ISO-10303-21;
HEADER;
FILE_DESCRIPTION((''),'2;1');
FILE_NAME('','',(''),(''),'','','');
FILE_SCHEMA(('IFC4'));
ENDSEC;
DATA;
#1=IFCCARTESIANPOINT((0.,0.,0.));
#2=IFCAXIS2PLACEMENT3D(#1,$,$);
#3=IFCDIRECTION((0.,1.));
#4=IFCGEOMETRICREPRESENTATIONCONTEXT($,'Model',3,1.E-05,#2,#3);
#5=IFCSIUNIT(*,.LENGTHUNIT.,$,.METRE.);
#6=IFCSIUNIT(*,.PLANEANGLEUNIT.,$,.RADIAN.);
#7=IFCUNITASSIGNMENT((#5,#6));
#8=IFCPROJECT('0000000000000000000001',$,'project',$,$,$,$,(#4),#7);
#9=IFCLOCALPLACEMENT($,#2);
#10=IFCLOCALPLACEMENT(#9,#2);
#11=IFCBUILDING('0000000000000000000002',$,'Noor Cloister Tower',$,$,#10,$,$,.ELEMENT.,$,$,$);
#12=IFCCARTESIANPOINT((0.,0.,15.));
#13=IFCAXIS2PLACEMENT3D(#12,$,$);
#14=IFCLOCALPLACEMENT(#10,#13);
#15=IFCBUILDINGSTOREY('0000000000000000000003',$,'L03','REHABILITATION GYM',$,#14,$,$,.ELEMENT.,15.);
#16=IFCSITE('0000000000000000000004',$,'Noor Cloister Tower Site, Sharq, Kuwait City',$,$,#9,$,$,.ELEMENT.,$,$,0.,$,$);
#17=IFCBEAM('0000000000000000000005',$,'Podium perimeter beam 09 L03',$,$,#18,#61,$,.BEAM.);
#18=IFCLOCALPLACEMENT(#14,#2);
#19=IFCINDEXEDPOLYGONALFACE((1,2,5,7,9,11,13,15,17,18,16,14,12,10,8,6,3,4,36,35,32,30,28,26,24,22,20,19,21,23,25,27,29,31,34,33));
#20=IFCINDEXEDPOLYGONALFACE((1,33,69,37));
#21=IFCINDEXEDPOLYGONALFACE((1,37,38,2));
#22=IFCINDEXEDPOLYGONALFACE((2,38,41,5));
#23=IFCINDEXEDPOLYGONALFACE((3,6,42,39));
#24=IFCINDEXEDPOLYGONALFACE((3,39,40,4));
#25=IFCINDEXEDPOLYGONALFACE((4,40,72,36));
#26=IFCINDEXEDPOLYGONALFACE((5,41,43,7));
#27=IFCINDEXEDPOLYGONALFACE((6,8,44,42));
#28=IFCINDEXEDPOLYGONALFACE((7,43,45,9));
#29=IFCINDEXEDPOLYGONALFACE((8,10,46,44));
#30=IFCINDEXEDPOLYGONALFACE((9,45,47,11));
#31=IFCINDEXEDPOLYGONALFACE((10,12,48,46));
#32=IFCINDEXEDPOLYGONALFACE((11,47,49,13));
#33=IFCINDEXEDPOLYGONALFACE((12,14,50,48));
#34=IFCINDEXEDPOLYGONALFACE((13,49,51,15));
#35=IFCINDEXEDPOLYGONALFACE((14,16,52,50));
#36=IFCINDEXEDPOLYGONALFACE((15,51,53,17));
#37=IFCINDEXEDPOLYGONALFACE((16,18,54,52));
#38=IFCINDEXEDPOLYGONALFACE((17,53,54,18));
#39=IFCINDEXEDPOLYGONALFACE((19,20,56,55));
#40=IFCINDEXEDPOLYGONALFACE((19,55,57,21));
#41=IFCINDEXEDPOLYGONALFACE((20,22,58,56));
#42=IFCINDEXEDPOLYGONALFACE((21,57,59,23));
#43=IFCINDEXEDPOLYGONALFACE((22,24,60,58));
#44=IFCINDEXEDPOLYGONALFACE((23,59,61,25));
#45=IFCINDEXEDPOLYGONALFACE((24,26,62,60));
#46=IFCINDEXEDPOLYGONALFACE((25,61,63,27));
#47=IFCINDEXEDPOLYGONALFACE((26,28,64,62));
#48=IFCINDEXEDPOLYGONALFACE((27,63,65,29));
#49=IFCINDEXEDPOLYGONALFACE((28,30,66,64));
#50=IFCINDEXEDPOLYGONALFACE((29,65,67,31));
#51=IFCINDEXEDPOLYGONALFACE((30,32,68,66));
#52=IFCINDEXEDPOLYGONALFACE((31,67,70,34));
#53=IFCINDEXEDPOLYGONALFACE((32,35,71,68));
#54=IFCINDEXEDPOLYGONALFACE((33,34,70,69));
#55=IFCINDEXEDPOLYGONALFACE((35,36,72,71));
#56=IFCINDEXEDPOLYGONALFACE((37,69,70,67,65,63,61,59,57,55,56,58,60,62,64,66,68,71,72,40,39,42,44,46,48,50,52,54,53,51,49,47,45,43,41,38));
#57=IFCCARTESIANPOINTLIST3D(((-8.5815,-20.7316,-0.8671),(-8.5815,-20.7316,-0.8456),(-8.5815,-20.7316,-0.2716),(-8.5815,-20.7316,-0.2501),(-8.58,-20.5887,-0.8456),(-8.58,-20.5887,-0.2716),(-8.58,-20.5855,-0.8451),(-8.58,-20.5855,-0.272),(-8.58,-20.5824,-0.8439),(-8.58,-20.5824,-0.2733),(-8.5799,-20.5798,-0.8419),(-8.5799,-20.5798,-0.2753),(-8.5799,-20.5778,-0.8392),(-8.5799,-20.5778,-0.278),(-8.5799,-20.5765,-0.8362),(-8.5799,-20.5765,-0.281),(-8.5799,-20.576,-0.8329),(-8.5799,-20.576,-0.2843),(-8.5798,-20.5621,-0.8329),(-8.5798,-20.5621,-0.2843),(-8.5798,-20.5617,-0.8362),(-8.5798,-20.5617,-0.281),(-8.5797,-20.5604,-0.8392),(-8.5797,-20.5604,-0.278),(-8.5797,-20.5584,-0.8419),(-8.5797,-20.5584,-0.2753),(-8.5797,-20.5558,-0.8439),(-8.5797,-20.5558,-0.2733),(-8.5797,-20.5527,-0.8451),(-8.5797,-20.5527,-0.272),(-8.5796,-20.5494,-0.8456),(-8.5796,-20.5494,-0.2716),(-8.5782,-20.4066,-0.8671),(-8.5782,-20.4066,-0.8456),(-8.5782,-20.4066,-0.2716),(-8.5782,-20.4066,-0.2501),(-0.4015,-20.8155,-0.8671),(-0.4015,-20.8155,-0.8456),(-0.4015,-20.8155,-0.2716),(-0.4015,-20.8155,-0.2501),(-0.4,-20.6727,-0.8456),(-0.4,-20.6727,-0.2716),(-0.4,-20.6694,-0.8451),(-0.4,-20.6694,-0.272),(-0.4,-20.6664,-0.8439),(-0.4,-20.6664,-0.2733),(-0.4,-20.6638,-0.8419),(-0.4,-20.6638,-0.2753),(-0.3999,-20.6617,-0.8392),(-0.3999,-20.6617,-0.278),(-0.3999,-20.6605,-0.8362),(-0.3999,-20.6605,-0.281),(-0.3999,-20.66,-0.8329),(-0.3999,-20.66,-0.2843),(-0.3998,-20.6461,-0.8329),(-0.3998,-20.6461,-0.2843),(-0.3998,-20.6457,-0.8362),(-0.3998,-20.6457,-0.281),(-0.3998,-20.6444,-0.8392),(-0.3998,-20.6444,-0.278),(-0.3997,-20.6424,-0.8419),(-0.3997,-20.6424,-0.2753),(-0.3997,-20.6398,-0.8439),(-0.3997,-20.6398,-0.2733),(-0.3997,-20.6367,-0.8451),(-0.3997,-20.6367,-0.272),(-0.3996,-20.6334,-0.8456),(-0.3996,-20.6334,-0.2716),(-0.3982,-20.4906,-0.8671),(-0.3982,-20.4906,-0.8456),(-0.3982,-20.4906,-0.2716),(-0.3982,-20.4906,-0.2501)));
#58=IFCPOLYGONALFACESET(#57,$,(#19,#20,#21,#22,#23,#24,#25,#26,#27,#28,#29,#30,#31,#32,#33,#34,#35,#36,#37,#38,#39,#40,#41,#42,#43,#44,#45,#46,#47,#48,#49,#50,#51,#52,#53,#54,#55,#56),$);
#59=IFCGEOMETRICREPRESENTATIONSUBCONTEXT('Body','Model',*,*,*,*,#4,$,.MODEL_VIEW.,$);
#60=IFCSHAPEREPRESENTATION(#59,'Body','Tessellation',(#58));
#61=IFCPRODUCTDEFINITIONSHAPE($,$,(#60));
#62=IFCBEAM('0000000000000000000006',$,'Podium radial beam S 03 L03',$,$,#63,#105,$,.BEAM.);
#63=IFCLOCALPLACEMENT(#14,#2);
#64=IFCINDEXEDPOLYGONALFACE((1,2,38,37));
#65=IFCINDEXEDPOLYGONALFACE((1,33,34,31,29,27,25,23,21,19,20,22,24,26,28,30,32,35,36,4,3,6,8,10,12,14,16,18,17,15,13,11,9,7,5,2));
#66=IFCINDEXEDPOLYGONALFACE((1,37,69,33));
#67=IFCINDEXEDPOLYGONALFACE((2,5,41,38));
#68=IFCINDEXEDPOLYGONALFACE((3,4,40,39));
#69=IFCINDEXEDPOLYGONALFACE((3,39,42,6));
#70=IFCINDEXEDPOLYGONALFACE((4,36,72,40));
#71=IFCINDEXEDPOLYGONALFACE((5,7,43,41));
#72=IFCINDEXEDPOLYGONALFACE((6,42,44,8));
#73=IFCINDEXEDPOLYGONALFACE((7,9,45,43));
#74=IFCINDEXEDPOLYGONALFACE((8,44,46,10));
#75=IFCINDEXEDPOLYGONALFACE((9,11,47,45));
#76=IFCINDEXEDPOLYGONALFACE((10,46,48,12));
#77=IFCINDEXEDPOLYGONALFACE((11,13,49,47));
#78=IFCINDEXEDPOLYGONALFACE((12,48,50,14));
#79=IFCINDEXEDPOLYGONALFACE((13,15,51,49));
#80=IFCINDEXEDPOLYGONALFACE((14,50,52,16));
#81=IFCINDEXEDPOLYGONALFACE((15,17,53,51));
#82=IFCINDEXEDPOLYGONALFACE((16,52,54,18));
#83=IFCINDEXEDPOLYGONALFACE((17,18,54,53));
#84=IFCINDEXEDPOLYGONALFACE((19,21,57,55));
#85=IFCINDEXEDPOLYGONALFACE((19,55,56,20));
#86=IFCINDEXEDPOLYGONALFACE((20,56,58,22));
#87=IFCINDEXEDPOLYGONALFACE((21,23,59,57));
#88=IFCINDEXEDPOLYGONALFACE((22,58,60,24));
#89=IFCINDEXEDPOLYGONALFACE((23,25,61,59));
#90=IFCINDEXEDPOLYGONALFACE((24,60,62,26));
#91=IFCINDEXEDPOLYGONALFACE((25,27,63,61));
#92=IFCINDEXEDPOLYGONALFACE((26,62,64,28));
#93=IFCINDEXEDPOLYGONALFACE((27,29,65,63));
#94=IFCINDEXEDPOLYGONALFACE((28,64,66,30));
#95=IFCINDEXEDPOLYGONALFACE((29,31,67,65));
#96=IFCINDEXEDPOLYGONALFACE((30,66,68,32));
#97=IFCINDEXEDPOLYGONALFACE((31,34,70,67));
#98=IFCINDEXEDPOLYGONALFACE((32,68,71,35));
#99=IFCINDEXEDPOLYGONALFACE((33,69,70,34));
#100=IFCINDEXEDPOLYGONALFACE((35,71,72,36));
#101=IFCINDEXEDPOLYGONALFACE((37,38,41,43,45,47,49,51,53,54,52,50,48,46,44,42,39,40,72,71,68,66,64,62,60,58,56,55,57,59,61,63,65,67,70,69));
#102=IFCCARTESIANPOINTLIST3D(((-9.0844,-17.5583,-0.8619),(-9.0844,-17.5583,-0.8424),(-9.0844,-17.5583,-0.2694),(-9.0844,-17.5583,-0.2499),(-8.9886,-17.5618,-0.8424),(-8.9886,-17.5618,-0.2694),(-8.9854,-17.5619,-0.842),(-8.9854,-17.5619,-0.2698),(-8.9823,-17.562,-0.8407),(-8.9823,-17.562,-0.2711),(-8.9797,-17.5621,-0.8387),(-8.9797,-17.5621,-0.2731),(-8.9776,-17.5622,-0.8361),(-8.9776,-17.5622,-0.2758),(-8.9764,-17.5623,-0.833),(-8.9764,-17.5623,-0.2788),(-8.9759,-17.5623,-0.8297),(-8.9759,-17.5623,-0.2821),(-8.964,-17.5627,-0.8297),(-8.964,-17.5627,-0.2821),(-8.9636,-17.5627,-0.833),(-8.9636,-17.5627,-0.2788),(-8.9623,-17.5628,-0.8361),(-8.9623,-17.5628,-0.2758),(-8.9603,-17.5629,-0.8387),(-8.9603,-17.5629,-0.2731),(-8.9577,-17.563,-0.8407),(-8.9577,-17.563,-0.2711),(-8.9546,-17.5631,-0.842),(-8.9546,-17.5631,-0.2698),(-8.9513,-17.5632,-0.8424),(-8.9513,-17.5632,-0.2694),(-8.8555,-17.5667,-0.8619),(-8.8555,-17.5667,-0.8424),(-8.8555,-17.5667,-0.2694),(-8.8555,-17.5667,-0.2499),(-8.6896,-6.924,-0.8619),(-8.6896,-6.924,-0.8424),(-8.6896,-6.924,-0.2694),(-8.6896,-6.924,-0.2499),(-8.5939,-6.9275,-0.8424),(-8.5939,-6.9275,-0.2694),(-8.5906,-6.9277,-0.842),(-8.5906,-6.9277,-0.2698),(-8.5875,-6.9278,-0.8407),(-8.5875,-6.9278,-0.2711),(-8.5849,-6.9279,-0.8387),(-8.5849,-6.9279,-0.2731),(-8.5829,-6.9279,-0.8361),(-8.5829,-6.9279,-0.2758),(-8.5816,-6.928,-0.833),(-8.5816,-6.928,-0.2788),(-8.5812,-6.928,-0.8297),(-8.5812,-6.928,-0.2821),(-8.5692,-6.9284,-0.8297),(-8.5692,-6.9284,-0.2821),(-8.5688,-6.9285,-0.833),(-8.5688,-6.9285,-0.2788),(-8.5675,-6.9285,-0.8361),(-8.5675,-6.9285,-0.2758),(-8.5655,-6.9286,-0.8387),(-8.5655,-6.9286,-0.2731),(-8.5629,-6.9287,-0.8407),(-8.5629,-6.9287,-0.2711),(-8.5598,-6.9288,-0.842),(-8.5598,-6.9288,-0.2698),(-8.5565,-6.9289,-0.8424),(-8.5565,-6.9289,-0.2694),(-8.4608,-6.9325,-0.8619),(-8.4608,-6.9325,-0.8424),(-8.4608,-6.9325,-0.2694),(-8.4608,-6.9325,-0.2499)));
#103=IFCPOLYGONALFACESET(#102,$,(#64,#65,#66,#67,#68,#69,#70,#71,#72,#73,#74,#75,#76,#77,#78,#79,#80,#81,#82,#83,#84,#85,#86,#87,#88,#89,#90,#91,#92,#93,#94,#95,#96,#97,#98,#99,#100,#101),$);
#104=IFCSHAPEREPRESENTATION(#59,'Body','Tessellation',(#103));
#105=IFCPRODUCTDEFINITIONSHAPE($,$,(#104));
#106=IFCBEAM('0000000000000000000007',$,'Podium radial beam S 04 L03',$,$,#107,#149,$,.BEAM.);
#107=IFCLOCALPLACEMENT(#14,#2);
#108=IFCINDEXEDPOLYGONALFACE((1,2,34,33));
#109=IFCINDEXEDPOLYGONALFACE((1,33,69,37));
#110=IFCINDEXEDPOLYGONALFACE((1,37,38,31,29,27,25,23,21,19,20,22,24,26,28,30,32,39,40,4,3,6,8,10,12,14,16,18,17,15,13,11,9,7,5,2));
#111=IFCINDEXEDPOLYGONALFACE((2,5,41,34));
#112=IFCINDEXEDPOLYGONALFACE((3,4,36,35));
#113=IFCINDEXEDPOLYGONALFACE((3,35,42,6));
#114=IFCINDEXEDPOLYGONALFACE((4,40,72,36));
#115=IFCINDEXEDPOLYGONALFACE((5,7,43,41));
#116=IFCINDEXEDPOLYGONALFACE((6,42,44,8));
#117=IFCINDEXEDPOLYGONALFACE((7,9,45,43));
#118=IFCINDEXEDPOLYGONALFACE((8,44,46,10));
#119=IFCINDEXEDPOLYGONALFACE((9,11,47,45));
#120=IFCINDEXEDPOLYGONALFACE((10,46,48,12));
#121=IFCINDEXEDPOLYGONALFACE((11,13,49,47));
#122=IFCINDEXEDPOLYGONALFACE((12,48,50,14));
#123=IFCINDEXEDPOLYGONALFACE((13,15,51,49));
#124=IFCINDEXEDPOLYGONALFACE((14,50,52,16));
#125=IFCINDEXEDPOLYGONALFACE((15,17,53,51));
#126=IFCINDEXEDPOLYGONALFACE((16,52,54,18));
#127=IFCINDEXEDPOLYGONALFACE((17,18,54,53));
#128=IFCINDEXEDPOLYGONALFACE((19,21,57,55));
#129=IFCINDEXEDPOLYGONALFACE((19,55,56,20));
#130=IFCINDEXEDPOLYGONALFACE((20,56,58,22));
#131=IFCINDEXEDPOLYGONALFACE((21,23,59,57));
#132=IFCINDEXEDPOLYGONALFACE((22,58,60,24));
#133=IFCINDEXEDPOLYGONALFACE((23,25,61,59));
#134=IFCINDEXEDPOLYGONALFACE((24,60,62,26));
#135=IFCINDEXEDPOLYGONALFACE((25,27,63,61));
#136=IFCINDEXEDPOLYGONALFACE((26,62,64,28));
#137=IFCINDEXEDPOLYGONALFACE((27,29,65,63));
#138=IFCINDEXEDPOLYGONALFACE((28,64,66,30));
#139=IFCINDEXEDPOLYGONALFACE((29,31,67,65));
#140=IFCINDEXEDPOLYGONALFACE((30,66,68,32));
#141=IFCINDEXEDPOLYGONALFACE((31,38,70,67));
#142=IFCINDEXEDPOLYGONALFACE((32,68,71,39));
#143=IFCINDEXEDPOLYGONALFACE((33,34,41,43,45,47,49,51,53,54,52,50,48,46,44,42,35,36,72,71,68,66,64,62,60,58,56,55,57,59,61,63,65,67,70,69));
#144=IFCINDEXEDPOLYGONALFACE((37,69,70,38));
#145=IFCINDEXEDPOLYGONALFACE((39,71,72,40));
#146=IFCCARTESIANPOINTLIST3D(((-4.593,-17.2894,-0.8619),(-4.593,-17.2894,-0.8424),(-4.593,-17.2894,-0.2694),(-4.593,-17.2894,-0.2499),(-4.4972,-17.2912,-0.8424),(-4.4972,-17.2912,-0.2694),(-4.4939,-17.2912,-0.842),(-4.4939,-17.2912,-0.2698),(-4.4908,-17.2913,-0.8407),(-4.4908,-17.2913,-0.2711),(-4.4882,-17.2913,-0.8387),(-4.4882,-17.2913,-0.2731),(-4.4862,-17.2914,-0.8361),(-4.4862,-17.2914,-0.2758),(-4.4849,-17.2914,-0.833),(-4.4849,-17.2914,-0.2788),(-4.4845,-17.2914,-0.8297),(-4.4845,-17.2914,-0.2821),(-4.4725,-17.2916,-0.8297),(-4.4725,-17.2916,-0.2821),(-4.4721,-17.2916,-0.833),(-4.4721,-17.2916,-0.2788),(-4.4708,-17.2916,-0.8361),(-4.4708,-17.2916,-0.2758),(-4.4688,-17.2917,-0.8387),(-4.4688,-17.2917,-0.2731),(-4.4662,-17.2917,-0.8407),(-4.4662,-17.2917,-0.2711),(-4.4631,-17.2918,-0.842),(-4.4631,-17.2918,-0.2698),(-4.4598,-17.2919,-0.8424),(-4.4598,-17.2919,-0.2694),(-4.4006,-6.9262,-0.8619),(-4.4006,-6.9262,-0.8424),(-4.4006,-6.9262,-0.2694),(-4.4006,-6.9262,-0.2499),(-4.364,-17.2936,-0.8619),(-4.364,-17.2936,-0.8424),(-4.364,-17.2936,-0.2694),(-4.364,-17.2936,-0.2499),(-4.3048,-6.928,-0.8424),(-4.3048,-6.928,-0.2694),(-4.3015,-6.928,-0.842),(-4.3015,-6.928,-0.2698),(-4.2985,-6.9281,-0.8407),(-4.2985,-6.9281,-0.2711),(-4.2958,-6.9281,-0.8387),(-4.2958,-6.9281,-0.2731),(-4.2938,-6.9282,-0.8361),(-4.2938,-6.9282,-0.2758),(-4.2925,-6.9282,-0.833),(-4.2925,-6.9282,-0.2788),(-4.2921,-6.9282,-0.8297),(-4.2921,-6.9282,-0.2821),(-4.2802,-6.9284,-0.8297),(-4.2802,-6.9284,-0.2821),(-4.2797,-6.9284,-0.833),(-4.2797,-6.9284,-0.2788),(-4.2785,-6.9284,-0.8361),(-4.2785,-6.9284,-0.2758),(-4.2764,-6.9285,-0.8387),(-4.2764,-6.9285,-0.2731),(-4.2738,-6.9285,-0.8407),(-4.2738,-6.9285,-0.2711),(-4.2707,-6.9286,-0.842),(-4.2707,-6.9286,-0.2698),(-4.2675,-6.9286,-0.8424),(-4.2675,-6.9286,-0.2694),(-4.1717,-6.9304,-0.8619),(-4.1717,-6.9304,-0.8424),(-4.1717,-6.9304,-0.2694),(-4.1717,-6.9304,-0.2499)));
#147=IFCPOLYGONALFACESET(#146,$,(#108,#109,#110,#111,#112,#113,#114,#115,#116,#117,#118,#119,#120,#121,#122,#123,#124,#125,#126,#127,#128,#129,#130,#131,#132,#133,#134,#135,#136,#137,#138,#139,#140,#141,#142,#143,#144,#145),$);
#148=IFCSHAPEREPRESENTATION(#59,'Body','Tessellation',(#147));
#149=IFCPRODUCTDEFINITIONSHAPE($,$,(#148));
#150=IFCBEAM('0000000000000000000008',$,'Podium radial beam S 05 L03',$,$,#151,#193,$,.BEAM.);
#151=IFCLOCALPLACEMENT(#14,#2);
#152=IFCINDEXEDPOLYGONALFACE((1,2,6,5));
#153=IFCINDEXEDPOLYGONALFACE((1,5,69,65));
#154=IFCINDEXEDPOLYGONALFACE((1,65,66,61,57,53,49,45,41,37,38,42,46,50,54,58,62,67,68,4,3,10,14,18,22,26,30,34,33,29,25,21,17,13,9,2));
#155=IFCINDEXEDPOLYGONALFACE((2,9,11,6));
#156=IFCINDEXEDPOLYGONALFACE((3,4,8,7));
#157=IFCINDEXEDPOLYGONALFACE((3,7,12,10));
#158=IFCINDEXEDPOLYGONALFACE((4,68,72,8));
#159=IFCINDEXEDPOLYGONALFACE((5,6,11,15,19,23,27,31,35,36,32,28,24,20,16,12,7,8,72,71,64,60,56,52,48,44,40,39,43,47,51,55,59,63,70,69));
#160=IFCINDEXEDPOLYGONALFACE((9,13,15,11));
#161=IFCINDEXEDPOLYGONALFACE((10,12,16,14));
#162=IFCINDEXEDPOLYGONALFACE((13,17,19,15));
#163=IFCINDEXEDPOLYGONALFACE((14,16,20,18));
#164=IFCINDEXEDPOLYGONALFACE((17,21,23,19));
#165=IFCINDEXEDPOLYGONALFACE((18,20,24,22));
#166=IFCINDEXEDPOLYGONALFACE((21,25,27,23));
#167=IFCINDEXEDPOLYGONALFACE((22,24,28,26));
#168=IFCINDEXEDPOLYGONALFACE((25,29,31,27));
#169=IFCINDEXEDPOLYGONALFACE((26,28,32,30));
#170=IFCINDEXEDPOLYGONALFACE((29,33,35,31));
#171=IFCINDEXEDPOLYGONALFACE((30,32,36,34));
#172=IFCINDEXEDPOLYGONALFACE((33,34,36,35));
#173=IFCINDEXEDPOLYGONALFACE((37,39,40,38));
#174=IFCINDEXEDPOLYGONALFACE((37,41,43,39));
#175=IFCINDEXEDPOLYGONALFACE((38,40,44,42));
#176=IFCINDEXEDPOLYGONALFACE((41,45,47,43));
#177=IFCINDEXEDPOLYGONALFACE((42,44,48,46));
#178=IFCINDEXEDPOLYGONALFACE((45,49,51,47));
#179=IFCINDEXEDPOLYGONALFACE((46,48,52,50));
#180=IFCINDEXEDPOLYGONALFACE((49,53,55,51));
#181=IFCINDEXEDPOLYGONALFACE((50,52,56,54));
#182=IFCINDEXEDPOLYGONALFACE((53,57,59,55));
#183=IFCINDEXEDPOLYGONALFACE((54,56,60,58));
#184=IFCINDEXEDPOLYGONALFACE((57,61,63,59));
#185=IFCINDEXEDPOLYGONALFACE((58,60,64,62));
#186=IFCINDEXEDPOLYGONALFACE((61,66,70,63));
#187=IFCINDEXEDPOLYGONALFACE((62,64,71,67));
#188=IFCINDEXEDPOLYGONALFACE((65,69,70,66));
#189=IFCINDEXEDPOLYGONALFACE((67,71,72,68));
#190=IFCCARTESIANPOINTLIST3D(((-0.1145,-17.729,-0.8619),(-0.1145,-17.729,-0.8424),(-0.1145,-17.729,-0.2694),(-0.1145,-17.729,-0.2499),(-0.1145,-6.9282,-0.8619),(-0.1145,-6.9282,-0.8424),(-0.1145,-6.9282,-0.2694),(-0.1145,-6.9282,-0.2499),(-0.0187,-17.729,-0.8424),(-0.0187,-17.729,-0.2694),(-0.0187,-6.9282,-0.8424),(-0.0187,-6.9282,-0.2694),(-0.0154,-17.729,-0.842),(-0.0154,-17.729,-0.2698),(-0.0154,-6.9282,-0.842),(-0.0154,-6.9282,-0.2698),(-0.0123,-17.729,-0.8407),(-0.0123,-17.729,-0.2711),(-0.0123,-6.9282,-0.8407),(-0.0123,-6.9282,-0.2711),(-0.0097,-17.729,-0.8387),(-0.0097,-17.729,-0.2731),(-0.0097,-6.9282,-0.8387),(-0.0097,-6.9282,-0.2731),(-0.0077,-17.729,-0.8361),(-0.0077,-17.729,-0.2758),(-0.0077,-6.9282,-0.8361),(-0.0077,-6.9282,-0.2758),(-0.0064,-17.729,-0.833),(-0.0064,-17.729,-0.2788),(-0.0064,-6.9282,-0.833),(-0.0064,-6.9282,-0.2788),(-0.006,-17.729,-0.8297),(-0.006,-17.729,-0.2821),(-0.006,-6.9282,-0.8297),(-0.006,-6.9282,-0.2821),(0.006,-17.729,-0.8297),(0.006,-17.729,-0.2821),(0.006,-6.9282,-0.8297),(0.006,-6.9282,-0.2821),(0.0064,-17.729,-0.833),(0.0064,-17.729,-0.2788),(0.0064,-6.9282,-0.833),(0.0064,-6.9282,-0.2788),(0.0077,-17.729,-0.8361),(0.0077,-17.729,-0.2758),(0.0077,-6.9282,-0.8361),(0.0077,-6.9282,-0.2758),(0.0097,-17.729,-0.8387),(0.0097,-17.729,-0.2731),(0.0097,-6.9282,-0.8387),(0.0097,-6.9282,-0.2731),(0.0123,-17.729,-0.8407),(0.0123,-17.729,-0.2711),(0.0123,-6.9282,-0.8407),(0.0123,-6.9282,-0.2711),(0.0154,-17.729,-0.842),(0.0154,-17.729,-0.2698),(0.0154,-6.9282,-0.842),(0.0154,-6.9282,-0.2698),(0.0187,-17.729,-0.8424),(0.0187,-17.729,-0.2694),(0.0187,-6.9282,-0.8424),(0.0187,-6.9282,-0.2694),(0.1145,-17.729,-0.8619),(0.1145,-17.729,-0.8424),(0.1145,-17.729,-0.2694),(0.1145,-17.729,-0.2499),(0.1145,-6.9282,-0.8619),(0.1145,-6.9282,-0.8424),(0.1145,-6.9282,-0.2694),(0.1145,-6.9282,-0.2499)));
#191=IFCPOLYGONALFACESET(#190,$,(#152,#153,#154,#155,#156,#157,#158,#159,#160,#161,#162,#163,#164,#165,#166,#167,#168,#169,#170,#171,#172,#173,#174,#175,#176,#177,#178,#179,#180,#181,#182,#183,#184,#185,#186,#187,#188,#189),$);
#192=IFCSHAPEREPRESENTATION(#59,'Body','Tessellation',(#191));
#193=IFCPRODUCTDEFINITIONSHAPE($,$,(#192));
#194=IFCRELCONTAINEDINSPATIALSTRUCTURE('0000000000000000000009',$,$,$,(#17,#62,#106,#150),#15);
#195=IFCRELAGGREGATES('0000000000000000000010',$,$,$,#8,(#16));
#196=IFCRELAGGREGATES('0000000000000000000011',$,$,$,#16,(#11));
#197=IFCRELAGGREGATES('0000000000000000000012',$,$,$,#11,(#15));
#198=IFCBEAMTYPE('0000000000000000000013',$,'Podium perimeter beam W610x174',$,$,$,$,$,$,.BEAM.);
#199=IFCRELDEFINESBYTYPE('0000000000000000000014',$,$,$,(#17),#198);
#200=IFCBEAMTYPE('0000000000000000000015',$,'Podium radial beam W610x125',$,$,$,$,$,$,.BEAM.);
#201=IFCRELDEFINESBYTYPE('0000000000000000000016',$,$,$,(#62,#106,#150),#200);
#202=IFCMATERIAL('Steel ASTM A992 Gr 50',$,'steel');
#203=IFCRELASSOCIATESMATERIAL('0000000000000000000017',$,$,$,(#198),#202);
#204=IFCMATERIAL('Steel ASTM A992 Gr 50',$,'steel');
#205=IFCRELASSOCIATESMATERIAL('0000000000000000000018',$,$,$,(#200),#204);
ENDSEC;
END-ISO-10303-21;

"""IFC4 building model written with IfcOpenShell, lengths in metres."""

from ifc_helpers import new_model, si_unit, direction, frame, origin, origin_2d, place, context, subcontext, project, spatial, i_section, extrude, material, material_profile, profile_set, type_object, element, save


model = new_model("IFC4")

# Units and contexts
model_context = context("Model", 3, precision=1e-05, world=origin(), true_north=direction((0.0, 1.0)))
body_context = subcontext(model_context, "Body", "Model", "MODEL_VIEW")
ifc_project = project(units=[si_unit("LENGTHUNIT", "METRE"), si_unit("PLANEANGLEUNIT", "RADIAN")], contexts=[model_context])

# Site, building, storey
site_placement = place(None, origin())
site = spatial("IfcSite", under=ifc_project, at=site_placement, Name="Noor Cloister Tower Site, Sharq, Kuwait City", CompositionType="ELEMENT", RefElevation=0.0)
building_placement = place(site_placement, origin())
building = spatial("IfcBuilding", under=site, at=building_placement, Name="Noor Cloister Tower", CompositionType="ELEMENT")
storey_placement = place(building_placement, frame((0.0, 0.0, 15.0)))
storey = spatial("IfcBuildingStorey", under=building, at=storey_placement, Name="L03", Description="REHABILITATION GYM", CompositionType="ELEMENT", Elevation=15.0)

# Beams
ifc_material_1 = material(Name="Steel ASTM A992 Gr 50", Category="steel")
ifc_material_profile_1 = material_profile(ifc_material_1, i_section(OverallWidth=0.325, OverallDepth=0.6169, WebThickness=0.0139, FlangeThickness=0.0215, FilletRadius=0.0127, at=origin_2d()), Name="W610x174")
ifc_profile_set_1 = profile_set([ifc_material_profile_1], Name="Steel ASTM A992 Gr 50")
beam_type_1 = type_object("IfcBeamType", Name="Podium perimeter beam W610x174", PredefinedType="BEAM", material=ifc_profile_set_1)
beam_1_placement = place(storey_placement, frame((-8.5798, -20.5691, -0.5586), z_axis=(0.999947, -0.010267, 0.0), x_axis=(0.010267, 0.999947, 0.0)))
element("IfcBeam", 1, at=beam_1_placement, inside=storey, type_object=beam_type_1, Name="Podium perimeter beam 09 L03", PredefinedType="BEAM", context=body_context, shape_type="SweptSolid", body=[
    extrude(i_section(OverallWidth=0.325, OverallDepth=0.6169, WebThickness=0.0139, FlangeThickness=0.0215, FilletRadius=0.0127, at=origin_2d()), origin(), (0.0, 0.0, 1.0), 8.1804),
])
ifc_material_2 = material(Name="Steel ASTM A992 Gr 50", Category="steel")
ifc_material_profile_2 = material_profile(ifc_material_2, i_section(OverallWidth=0.229, OverallDepth=0.6121, WebThickness=0.012, FlangeThickness=0.0195, FilletRadius=0.0127, at=origin_2d()), Name="W610x125")
ifc_profile_set_2 = profile_set([ifc_material_profile_2], Name="Steel ASTM A992 Gr 50")
beam_type_2 = type_object("IfcBeamType", Name="Podium radial beam W610x125", PredefinedType="BEAM", material=ifc_profile_set_2)
beam_2_placement = place(storey_placement, frame((-8.97, -17.5625, -0.5559), z_axis=(0.037097, 0.999312, 0.0), x_axis=(-0.999312, 0.037097, 0.0)))
element("IfcBeam", 2, at=beam_2_placement, inside=storey, type_object=beam_type_2, Name="Podium radial beam S 03 L03", PredefinedType="BEAM", context=body_context, shape_type="SweptSolid", body=[
    extrude(i_section(OverallWidth=0.229, OverallDepth=0.6121, WebThickness=0.012, FlangeThickness=0.0195, FilletRadius=0.0127, at=origin_2d()), origin(), (0.0, 0.0, 1.0), 10.6416),
])
beam_3_placement = place(storey_placement, frame((-4.4785, -17.2915, -0.5559), z_axis=(0.018561, 0.999828, 0.0), x_axis=(-0.999828, 0.018561, 0.0)))
element("IfcBeam", 3, at=beam_3_placement, inside=storey, type_object=beam_type_2, Name="Podium radial beam S 04 L03", PredefinedType="BEAM", context=body_context, shape_type="SweptSolid", body=[
    extrude(i_section(OverallWidth=0.229, OverallDepth=0.6121, WebThickness=0.012, FlangeThickness=0.0195, FilletRadius=0.0127, at=origin_2d()), origin(), (0.0, 0.0, 1.0), 10.365),
])
beam_4_placement = place(storey_placement, frame((0.0, -17.729, -0.5559), z_axis=(0.0, 1.0, 0.0), x_axis=(-1.0, 0.0, 0.0)))
element("IfcBeam", 4, at=beam_4_placement, inside=storey, type_object=beam_type_2, Name="Podium radial beam S 05 L03", PredefinedType="BEAM", context=body_context, shape_type="SweptSolid", body=[
    extrude(i_section(OverallWidth=0.229, OverallDepth=0.6121, WebThickness=0.012, FlangeThickness=0.0195, FilletRadius=0.0127, at=origin_2d()), origin(), (0.0, 0.0, 1.0), 10.8008),
])

save(model, "model.ifc")
